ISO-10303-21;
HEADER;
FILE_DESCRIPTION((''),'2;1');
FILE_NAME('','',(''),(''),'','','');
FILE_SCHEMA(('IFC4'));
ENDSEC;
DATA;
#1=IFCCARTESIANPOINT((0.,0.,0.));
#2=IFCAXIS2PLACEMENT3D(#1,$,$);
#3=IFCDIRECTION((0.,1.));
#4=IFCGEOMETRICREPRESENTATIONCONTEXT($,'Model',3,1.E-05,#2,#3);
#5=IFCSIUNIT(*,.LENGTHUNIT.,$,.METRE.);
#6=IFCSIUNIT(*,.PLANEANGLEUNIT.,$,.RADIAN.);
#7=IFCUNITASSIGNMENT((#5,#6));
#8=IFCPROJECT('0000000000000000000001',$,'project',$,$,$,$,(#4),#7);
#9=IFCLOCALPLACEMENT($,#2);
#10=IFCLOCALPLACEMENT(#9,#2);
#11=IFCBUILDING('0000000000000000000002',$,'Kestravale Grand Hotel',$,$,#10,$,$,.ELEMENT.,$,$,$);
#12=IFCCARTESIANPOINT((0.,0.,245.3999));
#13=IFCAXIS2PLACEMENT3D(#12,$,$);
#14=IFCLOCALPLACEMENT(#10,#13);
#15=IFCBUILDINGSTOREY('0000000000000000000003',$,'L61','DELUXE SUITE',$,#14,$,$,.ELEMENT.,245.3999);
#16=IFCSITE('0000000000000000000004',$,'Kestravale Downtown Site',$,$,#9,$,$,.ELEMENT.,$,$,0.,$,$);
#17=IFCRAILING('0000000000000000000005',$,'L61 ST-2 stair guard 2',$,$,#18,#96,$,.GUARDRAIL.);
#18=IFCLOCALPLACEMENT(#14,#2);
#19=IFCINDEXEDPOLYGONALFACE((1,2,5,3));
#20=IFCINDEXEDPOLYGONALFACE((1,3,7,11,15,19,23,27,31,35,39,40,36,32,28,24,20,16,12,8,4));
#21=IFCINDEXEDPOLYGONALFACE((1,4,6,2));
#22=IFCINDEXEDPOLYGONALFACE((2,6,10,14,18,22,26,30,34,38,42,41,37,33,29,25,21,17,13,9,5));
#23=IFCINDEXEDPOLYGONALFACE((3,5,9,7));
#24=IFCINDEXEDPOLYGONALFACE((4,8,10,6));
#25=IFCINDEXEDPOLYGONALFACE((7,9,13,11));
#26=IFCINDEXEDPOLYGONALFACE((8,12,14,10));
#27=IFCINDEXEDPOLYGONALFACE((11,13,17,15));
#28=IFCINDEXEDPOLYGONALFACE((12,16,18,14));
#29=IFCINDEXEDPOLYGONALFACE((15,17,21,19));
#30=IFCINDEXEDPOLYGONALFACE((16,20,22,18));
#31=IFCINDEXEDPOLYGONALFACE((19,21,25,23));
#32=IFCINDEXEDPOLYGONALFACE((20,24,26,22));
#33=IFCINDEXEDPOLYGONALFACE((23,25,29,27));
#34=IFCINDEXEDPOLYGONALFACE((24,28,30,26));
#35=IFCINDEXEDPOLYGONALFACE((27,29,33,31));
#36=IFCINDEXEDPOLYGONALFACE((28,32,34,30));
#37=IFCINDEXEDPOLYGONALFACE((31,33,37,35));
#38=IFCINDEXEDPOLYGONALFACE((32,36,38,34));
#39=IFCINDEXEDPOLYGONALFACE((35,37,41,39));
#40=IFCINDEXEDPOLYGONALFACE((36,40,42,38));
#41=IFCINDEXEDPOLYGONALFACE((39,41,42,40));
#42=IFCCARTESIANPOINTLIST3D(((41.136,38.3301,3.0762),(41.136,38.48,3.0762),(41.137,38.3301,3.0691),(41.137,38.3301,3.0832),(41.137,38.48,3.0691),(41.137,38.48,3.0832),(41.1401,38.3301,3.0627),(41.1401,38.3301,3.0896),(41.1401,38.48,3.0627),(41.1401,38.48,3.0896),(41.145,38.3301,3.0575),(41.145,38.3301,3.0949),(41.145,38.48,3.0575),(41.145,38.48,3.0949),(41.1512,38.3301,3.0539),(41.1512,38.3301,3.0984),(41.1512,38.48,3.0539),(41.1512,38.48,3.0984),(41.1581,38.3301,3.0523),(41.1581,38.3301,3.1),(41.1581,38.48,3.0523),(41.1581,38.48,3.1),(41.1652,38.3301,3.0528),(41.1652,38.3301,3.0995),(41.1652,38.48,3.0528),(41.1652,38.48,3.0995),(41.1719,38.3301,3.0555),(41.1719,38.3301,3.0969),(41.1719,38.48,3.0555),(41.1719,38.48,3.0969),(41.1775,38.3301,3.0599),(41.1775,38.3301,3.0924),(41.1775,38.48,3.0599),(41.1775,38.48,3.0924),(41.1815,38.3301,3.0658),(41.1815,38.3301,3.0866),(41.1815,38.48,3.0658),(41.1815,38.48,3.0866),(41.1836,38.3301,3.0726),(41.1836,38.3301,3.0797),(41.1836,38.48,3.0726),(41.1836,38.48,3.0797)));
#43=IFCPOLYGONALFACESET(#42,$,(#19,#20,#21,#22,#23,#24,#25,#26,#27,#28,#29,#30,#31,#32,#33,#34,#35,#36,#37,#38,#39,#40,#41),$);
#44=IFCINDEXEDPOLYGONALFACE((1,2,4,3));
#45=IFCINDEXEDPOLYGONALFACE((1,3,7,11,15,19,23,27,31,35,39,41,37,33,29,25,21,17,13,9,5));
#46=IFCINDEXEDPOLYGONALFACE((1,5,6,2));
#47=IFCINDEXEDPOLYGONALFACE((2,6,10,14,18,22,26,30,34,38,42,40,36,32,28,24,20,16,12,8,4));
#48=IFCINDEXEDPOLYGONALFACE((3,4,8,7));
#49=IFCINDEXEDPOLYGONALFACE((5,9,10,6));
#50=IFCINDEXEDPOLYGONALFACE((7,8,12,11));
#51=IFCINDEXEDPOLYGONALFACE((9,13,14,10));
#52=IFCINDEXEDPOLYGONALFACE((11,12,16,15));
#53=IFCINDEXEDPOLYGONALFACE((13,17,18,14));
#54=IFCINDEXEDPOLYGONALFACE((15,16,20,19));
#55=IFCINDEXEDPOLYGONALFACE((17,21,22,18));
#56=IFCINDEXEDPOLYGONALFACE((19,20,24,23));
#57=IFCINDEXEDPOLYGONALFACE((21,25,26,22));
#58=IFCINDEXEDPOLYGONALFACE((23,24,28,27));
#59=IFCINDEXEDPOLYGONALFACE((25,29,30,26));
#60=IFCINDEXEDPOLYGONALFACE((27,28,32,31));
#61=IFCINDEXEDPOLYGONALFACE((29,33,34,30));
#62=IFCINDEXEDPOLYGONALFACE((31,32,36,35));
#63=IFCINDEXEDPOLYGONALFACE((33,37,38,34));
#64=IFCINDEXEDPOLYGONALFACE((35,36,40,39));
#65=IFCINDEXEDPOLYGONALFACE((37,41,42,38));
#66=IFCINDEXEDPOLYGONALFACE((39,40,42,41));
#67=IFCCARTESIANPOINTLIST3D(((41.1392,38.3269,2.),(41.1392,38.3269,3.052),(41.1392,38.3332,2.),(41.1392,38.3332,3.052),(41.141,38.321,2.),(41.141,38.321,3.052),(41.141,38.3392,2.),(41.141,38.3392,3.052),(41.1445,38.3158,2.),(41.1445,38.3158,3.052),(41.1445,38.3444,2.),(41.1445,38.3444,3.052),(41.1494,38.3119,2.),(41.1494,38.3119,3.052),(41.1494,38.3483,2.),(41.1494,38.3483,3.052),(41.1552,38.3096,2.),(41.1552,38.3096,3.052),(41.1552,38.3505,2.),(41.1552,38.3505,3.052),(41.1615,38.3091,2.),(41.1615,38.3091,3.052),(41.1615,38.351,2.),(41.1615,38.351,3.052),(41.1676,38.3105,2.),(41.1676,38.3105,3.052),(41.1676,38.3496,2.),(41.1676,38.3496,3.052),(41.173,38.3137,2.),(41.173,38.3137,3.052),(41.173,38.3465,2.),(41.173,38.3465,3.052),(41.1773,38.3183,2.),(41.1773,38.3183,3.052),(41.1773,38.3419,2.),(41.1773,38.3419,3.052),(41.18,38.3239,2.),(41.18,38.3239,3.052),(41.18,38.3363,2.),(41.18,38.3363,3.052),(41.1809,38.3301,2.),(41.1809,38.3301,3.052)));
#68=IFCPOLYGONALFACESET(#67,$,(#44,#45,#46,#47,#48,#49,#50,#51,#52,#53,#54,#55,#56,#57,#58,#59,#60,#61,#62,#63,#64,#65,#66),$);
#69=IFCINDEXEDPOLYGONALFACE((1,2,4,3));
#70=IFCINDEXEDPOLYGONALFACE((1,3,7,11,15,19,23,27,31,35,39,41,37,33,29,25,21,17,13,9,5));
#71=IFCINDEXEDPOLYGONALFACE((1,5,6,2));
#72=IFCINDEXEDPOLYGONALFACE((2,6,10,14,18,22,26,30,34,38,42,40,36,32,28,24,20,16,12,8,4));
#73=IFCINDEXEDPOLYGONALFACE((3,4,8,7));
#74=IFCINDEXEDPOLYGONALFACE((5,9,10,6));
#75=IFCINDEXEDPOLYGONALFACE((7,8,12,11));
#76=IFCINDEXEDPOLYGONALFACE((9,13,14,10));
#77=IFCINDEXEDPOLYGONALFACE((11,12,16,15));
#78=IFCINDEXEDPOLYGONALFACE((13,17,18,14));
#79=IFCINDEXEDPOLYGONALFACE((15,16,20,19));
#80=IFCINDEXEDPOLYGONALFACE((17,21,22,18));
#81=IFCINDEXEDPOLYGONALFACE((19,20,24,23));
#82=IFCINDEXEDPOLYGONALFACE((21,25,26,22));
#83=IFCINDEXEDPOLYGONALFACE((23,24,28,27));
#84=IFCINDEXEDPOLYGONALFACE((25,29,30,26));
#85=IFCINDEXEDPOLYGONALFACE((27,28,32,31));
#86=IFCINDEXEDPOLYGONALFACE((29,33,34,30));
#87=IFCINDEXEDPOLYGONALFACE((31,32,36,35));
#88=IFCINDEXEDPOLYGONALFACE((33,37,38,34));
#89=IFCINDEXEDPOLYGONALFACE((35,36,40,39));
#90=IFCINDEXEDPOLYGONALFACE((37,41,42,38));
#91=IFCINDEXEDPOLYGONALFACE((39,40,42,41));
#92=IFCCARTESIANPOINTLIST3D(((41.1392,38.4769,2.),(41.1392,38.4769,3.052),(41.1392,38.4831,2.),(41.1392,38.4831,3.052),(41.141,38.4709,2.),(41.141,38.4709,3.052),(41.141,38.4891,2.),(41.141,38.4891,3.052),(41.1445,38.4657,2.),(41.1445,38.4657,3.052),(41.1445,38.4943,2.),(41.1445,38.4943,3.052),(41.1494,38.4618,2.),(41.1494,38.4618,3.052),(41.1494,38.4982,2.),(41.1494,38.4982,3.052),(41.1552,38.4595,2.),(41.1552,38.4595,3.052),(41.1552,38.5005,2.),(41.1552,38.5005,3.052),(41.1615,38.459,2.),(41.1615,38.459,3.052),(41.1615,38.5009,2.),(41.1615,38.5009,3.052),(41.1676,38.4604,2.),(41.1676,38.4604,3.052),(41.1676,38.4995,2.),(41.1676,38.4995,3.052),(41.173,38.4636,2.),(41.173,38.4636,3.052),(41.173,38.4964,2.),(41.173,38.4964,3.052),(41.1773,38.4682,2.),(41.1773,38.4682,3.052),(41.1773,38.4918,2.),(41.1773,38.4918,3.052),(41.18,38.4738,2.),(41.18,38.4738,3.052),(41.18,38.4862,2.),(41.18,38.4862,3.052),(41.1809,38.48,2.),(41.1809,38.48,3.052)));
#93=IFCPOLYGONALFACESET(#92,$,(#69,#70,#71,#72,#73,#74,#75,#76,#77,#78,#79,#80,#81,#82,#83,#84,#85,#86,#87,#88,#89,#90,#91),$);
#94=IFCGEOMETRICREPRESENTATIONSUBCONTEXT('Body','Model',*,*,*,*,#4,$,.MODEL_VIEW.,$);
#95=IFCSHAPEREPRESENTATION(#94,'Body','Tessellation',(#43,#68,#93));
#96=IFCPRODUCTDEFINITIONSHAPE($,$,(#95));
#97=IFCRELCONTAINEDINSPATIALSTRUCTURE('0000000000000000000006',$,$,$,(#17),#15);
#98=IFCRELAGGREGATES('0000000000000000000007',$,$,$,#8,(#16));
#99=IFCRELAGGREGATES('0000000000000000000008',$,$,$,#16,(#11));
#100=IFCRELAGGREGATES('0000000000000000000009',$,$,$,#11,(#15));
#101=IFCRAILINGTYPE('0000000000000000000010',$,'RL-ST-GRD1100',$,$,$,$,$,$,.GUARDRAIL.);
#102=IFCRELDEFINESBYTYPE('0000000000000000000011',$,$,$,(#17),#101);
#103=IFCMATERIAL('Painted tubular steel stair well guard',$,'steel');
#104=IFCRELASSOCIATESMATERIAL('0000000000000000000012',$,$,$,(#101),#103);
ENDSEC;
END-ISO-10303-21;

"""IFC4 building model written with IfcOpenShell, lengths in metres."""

from ifc_helpers import new_model, si_unit, direction, frame, origin, origin_2d, place, context, subcontext, project, spatial, circle, extrude, material, type_object, element, save


model = new_model("IFC4")

# Units and contexts
model_context = context("Model", 3, precision=1e-05, world=origin(), true_north=direction((0.0, 1.0)))
body_context = subcontext(model_context, "Body", "Model", "MODEL_VIEW")
ifc_project = project(units=[si_unit("LENGTHUNIT", "METRE"), si_unit("PLANEANGLEUNIT", "RADIAN")], contexts=[model_context])

# Site, building, storey
site_placement = place(None, origin())
site = spatial("IfcSite", under=ifc_project, at=site_placement, Name="Kestravale Downtown Site", CompositionType="ELEMENT", RefElevation=0.0)
building_placement = place(site_placement, origin())
building = spatial("IfcBuilding", under=site, at=building_placement, Name="Kestravale Grand Hotel", CompositionType="ELEMENT")
storey_placement = place(building_placement, frame((0.0, 0.0, 245.3999)))
storey = spatial("IfcBuildingStorey", under=building, at=storey_placement, Name="L61", Description="DELUXE SUITE", CompositionType="ELEMENT", Elevation=245.3999)

# Railing
ifc_material_1 = material(Name="Painted tubular steel stair well guard", Category="steel")
railing_type_1 = type_object("IfcRailingType", Name="RL-ST-GRD1100", PredefinedType="GUARDRAIL", material=ifc_material_1)
railing_1_placement = place(storey_placement, frame((41.1599, 38.3301, 2.0)))
element("IfcRailing", 1, at=railing_1_placement, inside=storey, type_object=railing_type_1, Name="L61 ST-2 stair guard 2", PredefinedType="GUARDRAIL", context=body_context, shape_type="SweptSolid", body=[
    extrude(circle(Radius=0.0239, at=origin_2d()), frame((0.0, 0.0, 1.0762), z_axis=(0.0, 1.0, 0.0), x_axis=(-1.0, 0.0, 0.0)), (0.0, 0.0, 1.0), 0.1499),
    extrude(circle(Radius=0.021, at=origin_2d()), origin(), (0.0, 0.0, 1.0), 1.052),
    extrude(circle(Radius=0.021, at=origin_2d()), frame((0.0, 0.1499, 0.0)), (0.0, 0.0, 1.0), 1.052),
])

save(model, "model.ifc")
